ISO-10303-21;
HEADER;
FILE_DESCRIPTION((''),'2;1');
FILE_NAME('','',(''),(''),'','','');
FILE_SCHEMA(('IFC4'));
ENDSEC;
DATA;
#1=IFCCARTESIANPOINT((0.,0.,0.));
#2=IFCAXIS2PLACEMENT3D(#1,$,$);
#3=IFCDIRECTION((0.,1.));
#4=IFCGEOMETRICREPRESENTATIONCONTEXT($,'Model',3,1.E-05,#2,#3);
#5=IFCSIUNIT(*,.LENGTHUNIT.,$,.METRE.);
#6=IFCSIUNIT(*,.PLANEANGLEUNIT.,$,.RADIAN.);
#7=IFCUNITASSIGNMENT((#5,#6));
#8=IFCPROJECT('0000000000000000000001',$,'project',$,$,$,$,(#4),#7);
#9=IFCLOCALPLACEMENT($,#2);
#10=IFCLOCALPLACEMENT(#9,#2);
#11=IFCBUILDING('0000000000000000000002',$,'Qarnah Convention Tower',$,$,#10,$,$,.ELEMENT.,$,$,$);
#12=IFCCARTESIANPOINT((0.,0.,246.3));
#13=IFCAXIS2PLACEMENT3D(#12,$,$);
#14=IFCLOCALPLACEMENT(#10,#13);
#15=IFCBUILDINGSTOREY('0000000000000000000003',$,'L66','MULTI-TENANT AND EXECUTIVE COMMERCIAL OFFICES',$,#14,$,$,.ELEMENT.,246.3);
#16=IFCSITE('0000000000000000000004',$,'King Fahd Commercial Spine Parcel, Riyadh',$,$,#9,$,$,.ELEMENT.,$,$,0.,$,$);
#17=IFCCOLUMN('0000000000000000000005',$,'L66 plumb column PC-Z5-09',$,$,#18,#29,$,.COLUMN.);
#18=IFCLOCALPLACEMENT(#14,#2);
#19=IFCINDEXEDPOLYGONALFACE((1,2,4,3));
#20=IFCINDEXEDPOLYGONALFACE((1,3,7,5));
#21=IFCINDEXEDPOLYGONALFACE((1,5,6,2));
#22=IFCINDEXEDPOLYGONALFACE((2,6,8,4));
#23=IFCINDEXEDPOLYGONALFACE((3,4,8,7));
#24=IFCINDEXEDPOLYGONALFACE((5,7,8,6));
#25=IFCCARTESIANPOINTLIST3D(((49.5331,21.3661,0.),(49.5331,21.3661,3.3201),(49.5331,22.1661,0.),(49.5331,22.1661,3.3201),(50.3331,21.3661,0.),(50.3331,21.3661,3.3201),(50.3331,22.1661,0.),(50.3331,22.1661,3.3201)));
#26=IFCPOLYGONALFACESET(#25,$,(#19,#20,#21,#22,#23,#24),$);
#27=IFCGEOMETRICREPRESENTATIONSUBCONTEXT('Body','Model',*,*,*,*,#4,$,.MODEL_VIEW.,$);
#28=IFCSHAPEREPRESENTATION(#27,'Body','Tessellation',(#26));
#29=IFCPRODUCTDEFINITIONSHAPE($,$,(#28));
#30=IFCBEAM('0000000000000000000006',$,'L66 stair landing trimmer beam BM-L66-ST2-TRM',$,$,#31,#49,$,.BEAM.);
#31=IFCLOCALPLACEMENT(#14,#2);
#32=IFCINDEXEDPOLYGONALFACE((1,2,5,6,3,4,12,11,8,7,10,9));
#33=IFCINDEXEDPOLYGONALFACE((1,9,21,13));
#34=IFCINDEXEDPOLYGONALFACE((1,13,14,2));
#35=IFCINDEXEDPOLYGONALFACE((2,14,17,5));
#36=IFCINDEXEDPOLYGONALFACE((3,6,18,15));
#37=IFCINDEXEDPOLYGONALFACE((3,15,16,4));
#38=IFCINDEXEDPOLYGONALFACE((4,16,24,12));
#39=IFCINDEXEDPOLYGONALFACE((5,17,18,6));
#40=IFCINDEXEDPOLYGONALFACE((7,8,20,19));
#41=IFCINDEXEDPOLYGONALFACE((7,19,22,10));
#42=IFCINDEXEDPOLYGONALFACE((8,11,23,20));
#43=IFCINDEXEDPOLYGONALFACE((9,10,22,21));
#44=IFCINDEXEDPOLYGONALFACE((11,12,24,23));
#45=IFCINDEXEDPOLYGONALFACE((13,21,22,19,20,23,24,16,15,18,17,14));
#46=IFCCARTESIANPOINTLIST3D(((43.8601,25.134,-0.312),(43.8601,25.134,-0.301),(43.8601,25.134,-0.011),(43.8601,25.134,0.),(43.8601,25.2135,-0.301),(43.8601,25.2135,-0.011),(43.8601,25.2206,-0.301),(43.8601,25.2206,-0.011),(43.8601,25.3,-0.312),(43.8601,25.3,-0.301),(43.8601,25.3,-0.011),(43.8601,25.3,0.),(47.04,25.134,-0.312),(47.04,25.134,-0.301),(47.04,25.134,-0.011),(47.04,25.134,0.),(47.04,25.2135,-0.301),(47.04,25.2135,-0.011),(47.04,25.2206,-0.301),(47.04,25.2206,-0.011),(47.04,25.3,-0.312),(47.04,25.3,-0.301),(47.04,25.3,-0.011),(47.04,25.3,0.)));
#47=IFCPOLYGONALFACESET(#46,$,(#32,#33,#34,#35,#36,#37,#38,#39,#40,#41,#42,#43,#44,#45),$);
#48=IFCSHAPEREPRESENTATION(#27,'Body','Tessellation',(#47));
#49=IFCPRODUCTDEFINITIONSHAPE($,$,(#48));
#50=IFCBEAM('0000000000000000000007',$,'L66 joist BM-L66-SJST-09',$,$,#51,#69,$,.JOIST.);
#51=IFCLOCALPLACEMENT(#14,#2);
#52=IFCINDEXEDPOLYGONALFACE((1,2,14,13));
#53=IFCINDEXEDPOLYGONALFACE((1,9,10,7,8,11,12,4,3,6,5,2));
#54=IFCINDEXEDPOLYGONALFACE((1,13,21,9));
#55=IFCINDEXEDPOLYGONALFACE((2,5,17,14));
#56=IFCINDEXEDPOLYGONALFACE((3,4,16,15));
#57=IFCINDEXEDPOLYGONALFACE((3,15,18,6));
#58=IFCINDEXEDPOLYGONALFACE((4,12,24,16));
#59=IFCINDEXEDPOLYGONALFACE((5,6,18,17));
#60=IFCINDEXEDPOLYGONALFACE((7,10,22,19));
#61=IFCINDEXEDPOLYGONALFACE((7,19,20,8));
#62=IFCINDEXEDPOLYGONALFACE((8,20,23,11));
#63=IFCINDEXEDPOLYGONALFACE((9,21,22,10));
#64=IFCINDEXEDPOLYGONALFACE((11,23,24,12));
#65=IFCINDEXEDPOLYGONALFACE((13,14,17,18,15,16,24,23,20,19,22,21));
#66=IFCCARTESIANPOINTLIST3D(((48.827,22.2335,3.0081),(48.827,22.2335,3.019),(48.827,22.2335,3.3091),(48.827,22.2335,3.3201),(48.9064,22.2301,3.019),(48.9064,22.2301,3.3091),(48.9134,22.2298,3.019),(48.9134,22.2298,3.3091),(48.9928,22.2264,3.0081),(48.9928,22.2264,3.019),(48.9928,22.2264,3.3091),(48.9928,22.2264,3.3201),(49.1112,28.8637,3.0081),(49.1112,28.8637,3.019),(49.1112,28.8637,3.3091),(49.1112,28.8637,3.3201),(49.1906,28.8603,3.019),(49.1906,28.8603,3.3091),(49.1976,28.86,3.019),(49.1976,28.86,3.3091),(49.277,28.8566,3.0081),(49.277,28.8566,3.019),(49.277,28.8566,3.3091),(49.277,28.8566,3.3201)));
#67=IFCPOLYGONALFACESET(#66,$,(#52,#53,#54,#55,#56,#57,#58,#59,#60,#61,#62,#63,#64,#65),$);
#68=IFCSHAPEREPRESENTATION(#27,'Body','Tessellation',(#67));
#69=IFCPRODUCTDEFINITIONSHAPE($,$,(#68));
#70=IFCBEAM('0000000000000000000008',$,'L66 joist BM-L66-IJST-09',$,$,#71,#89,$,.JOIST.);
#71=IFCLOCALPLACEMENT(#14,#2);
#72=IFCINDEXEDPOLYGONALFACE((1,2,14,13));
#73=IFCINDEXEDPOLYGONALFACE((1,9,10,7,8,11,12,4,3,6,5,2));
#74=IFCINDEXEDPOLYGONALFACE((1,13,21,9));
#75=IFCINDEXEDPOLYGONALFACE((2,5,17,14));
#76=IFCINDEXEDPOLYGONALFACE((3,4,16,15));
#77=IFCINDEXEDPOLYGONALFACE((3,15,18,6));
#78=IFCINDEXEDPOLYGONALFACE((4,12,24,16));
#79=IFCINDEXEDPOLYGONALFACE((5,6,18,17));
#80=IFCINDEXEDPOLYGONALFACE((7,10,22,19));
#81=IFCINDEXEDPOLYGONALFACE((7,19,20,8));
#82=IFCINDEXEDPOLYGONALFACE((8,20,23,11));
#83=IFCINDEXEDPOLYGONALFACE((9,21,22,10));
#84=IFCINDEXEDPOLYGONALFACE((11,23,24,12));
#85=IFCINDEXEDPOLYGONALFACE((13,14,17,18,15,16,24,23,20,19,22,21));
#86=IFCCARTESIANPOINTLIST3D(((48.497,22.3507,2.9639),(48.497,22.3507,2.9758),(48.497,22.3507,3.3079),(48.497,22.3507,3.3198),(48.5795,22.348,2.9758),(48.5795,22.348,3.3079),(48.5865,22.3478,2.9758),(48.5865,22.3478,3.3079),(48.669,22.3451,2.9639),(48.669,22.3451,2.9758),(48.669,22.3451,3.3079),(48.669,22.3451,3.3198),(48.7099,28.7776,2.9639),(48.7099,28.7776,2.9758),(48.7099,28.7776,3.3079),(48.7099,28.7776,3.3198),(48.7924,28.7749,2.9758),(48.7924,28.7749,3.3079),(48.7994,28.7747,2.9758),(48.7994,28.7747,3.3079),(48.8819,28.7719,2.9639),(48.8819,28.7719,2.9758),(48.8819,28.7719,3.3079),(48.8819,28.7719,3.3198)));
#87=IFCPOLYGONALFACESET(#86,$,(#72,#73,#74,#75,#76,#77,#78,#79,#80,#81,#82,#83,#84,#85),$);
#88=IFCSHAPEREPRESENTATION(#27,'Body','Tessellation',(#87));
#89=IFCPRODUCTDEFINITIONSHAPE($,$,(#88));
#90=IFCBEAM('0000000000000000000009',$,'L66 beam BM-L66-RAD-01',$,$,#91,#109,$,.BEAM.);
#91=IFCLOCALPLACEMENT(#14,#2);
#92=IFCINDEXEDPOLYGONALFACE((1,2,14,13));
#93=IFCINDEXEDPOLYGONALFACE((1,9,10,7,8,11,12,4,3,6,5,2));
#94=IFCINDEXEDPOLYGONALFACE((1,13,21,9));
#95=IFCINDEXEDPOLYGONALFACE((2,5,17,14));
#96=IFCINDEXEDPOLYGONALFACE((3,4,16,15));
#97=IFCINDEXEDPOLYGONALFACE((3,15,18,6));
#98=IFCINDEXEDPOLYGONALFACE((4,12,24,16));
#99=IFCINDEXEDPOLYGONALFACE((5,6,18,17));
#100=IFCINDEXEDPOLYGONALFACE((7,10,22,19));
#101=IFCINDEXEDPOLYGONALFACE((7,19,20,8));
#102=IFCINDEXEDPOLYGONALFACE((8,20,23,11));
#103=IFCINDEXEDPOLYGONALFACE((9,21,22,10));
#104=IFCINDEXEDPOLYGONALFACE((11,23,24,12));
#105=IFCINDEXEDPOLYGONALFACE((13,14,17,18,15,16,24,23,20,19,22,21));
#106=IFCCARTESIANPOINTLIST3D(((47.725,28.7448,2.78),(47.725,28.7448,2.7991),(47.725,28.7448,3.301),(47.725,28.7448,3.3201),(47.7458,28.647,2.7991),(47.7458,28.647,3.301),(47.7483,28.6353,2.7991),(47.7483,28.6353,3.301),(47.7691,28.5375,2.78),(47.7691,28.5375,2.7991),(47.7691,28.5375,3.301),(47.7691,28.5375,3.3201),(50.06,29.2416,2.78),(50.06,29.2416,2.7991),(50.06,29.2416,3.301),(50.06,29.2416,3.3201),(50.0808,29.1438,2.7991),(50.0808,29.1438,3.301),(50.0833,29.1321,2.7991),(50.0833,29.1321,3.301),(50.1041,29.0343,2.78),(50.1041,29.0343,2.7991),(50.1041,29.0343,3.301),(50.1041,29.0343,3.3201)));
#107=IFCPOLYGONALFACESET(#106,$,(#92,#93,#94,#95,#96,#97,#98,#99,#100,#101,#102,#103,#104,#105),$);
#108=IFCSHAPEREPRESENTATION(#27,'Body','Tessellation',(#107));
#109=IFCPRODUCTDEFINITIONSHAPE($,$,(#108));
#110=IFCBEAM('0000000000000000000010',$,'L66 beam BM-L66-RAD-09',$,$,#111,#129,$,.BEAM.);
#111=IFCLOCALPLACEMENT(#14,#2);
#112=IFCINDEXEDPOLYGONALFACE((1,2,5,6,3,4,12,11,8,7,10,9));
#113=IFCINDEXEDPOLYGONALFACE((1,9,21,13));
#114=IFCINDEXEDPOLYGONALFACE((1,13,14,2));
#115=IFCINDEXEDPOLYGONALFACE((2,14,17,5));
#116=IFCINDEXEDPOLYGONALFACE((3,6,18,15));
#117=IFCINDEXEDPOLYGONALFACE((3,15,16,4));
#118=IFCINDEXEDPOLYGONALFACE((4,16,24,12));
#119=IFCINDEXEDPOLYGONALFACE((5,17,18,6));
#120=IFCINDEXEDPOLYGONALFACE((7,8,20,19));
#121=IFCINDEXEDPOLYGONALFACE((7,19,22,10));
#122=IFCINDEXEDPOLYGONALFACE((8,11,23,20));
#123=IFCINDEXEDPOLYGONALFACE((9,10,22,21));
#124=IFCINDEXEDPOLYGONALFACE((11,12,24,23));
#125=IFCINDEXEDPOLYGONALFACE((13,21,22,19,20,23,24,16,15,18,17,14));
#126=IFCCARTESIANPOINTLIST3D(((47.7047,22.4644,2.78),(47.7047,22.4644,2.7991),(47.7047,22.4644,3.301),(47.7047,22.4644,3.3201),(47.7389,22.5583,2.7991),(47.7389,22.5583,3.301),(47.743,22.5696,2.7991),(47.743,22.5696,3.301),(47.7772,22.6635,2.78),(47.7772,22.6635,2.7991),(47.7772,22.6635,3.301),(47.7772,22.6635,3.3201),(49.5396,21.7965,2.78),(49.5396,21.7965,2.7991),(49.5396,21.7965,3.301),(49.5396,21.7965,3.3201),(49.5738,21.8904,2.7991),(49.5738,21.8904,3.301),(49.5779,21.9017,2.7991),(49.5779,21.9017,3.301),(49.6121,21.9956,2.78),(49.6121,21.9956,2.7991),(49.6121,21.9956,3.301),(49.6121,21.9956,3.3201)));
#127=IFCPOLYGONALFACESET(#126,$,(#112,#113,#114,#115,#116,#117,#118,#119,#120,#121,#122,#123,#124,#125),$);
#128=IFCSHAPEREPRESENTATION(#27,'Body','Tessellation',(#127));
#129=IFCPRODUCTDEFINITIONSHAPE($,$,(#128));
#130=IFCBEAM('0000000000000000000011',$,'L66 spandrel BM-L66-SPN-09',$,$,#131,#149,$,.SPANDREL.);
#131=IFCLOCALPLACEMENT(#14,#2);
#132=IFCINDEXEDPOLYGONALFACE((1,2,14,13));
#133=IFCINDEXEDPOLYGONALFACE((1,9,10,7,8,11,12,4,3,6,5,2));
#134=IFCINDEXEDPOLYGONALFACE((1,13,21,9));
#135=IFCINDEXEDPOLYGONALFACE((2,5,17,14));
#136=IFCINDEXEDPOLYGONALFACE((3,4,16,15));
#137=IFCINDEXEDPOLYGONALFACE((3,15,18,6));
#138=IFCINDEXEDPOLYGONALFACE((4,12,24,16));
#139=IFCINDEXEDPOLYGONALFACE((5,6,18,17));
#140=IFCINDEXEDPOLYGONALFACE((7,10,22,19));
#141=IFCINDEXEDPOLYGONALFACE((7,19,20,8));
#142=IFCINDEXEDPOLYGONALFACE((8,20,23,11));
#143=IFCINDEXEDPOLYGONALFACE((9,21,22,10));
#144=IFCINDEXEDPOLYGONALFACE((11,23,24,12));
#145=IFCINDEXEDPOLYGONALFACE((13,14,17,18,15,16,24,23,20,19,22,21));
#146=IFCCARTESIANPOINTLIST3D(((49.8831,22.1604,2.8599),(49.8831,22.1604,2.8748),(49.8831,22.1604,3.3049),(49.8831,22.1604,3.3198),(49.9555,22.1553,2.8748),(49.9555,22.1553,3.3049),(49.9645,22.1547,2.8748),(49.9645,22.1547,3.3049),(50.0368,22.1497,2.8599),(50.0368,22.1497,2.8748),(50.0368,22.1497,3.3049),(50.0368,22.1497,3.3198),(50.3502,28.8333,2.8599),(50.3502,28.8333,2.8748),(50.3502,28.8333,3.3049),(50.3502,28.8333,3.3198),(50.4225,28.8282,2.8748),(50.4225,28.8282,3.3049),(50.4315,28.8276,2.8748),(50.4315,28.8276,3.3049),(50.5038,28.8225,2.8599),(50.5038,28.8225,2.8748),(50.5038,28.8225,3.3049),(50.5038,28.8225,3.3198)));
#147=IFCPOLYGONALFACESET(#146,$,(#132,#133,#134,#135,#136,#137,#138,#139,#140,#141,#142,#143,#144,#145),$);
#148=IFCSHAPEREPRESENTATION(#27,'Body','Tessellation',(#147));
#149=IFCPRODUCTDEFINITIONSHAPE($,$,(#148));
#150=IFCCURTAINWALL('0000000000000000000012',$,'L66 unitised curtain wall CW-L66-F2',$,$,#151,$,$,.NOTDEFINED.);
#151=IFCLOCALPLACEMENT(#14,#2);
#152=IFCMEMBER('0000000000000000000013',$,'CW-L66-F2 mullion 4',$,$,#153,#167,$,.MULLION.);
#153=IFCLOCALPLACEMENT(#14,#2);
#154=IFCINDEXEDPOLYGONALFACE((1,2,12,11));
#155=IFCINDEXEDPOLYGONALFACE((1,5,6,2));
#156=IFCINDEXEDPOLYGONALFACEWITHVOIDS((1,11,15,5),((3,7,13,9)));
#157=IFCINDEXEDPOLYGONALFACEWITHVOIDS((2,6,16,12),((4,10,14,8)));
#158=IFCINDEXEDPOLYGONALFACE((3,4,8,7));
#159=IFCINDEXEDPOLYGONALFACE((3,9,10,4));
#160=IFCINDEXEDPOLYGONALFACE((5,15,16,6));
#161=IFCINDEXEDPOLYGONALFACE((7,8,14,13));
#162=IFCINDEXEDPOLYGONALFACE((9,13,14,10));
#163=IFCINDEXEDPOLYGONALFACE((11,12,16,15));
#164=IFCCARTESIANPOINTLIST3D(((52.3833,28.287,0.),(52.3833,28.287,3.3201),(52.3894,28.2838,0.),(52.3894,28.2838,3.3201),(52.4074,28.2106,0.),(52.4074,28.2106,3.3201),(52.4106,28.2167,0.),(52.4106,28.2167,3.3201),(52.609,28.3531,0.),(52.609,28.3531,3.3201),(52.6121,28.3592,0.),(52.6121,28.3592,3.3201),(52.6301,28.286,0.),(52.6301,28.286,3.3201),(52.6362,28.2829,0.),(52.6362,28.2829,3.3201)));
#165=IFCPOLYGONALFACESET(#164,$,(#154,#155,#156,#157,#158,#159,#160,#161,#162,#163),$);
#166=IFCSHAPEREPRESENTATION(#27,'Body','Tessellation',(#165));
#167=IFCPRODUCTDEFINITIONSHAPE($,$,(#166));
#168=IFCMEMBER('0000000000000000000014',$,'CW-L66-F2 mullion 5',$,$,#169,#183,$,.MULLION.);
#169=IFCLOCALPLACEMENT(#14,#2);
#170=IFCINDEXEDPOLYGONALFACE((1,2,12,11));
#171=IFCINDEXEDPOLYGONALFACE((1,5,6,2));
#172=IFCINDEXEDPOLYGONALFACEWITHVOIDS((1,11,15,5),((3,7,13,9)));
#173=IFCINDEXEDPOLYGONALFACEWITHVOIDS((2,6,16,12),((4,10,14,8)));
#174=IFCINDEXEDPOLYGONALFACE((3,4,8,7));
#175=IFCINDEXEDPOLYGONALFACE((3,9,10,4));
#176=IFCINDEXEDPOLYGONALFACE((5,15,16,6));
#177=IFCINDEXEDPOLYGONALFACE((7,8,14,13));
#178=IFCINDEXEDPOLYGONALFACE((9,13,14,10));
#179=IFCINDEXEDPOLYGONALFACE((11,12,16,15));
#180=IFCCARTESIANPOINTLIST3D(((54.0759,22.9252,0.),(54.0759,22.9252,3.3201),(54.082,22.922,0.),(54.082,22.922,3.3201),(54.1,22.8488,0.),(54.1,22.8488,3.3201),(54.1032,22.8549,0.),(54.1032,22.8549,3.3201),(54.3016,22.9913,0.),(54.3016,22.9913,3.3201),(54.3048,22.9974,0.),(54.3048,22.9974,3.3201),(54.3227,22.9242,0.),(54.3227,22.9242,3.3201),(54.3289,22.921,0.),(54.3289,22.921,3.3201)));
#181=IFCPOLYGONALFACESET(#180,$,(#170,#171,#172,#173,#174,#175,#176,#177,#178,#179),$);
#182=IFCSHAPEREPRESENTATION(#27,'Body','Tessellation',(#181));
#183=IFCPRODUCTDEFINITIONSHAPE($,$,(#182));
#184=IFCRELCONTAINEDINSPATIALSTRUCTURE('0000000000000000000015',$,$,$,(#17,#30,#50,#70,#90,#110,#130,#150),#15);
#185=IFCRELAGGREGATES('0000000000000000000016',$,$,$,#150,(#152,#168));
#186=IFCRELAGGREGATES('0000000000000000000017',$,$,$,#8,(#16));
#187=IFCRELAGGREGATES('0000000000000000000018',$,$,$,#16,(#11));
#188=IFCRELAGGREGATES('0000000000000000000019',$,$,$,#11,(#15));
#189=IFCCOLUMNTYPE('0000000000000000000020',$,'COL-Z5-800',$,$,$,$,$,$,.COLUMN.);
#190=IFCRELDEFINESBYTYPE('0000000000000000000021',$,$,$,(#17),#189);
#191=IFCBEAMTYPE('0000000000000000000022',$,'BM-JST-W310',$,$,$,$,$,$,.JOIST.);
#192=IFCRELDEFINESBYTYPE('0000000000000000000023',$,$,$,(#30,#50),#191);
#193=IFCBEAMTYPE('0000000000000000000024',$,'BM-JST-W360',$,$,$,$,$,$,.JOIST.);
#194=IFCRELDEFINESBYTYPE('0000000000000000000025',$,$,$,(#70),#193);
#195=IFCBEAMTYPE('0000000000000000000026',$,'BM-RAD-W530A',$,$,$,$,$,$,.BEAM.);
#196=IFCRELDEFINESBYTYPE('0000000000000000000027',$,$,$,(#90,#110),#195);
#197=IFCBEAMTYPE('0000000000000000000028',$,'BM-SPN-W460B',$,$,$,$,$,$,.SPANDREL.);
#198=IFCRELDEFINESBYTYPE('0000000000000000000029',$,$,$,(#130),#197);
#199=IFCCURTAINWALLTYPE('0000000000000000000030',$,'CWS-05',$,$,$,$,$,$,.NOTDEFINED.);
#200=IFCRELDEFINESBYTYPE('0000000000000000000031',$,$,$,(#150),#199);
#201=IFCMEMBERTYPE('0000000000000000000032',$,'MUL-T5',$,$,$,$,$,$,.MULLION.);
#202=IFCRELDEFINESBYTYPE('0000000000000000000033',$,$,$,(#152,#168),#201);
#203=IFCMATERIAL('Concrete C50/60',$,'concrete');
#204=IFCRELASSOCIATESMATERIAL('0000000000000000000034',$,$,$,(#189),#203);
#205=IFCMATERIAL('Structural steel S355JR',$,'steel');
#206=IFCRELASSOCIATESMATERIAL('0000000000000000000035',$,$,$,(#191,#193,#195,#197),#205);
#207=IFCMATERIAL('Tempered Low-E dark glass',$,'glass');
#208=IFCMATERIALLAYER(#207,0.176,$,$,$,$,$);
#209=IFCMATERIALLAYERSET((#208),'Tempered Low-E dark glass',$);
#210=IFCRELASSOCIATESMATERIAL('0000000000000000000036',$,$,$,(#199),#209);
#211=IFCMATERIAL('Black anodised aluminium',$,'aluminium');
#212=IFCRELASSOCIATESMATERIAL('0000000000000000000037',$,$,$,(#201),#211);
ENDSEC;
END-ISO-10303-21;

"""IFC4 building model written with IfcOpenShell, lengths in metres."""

from ifc_helpers import new_model, si_unit, direction, frame, origin, origin_2d, place, context, subcontext, project, spatial, rectangle, hollow_rectangle, i_section, extrude, material, layer, layer_set, material_profile, profile_set, type_object, element, aggregate, save


model = new_model("IFC4")

# Units and contexts
model_context = context("Model", 3, precision=1e-05, world=origin(), true_north=direction((0.0, 1.0)))
body_context = subcontext(model_context, "Body", "Model", "MODEL_VIEW")
ifc_project = project(units=[si_unit("LENGTHUNIT", "METRE"), si_unit("PLANEANGLEUNIT", "RADIAN")], contexts=[model_context])

# Site, building, storey
site_placement = place(None, origin())
site = spatial("IfcSite", under=ifc_project, at=site_placement, Name="King Fahd Commercial Spine Parcel, Riyadh", CompositionType="ELEMENT", RefElevation=0.0)
building_placement = place(site_placement, origin())
building = spatial("IfcBuilding", under=site, at=building_placement, Name="Qarnah Convention Tower", CompositionType="ELEMENT")
storey_placement = place(building_placement, frame((0.0, 0.0, 246.3)))
storey = spatial("IfcBuildingStorey", under=building, at=storey_placement, Name="L66", Description="MULTI-TENANT AND EXECUTIVE COMMERCIAL OFFICES", CompositionType="ELEMENT", Elevation=246.3)

# Column
ifc_material_1 = material(Name="Concrete C50/60", Category="concrete")
ifc_material_profile_1 = material_profile(ifc_material_1, rectangle(XDim=0.8, YDim=0.8, at=origin_2d()), Name="RC-COL-800X800")
ifc_profile_set_1 = profile_set([ifc_material_profile_1], Name="Concrete C50/60")
column_type = type_object("IfcColumnType", Name="COL-Z5-800", PredefinedType="COLUMN", material=ifc_profile_set_1)
column_placement = place(storey_placement, frame((49.9331, 21.7661, 0.0), z_axis=(0.0, 0.0, 1.0), x_axis=(1.0, 0.0, 0.0)))
element("IfcColumn", 1, at=column_placement, inside=storey, type_object=column_type, Name="L66 plumb column PC-Z5-09", PredefinedType="COLUMN", context=body_context, shape_type="SweptSolid", body=[
    extrude(rectangle(XDim=0.8, YDim=0.8, at=origin_2d()), origin(), (0.0, 0.0, 1.0), 3.3201),
])

# Beams
ifc_material_2 = material(Name="Structural steel S355JR", Category="steel")
ifc_material_profile_2 = material_profile(ifc_material_2, i_section(OverallWidth=0.166, OverallDepth=0.312, WebThickness=0.0071, FlangeThickness=0.011, at=origin_2d()), Name="W310X45")
ifc_profile_set_2 = profile_set([ifc_material_profile_2], Name="Structural steel S355JR")
beam_type_1 = type_object("IfcBeamType", Name="BM-JST-W310", PredefinedType="JOIST", material=ifc_profile_set_2)
beam_1_placement = place(storey_placement, frame((43.8601, 25.217, -0.156), z_axis=(1.0, 0.0, 0.0), x_axis=(0.0, 1.0, 0.0)))
element("IfcBeam", 2, at=beam_1_placement, inside=storey, type_object=beam_type_1, Name="L66 stair landing trimmer beam BM-L66-ST2-TRM", PredefinedType="BEAM", context=body_context, shape_type="SweptSolid", body=[
    extrude(i_section(OverallWidth=0.166, OverallDepth=0.312, WebThickness=0.0071, FlangeThickness=0.011, at=origin_2d()), origin(), (0.0, 0.0, 1.0), 3.1799),
])
beam_2_placement = place(storey_placement, frame((48.9099, 22.23, 3.1641), z_axis=(0.042823, 0.999083, 0.0), x_axis=(-0.999083, 0.042823, 0.0)))
element("IfcBeam", 3, at=beam_2_placement, inside=storey, type_object=beam_type_1, Name="L66 joist BM-L66-SJST-09", PredefinedType="JOIST", context=body_context, shape_type="SweptSolid", body=[
    extrude(i_section(OverallWidth=0.166, OverallDepth=0.312, WebThickness=0.0071, FlangeThickness=0.011, at=origin_2d()), origin(), (0.0, 0.0, 1.0), 6.6362),
])
ifc_material_profile_3 = material_profile(ifc_material_2, i_section(OverallWidth=0.1721, OverallDepth=0.356, WebThickness=0.0071, FlangeThickness=0.012, at=origin_2d()), Name="W360X51")
ifc_profile_set_3 = profile_set([ifc_material_profile_3], Name="Structural steel S355JR")
beam_type_2 = type_object("IfcBeamType", Name="BM-JST-W360", PredefinedType="JOIST", material=ifc_profile_set_3)
beam_3_placement = place(storey_placement, frame((48.583, 22.3479, 3.1418), z_axis=(0.033106, 0.999452, 0.0), x_axis=(-0.999452, 0.033106, 0.0)))
element("IfcBeam", 4, at=beam_3_placement, inside=storey, type_object=beam_type_2, Name="L66 joist BM-L66-IJST-09", PredefinedType="JOIST", context=body_context, shape_type="SweptSolid", body=[
    extrude(i_section(OverallWidth=0.1721, OverallDepth=0.356, WebThickness=0.0071, FlangeThickness=0.012, at=origin_2d()), origin(), (0.0, 0.0, 1.0), 6.4304),
])
ifc_material_profile_4 = material_profile(ifc_material_2, i_section(OverallWidth=0.2119, OverallDepth=0.54, WebThickness=0.012, FlangeThickness=0.019, at=origin_2d()), Name="W530X109")
ifc_profile_set_4 = profile_set([ifc_material_profile_4], Name="Structural steel S355JR")
beam_type_3 = type_object("IfcBeamType", Name="BM-RAD-W530A", PredefinedType="BEAM", material=ifc_profile_set_4)
beam_4_placement = place(storey_placement, frame((47.7471, 28.6411, 3.05), z_axis=(0.978104, 0.208118, 0.0), x_axis=(-0.208118, 0.978104, 0.0)))
element("IfcBeam", 5, at=beam_4_placement, inside=storey, type_object=beam_type_3, Name="L66 beam BM-L66-RAD-01", PredefinedType="BEAM", context=body_context, shape_type="SweptSolid", body=[
    extrude(i_section(OverallWidth=0.2119, OverallDepth=0.54, WebThickness=0.012, FlangeThickness=0.019, at=origin_2d()), origin(), (0.0, 0.0, 1.0), 2.3872),
])
beam_5_placement = place(storey_placement, frame((47.741, 22.564, 3.05), z_axis=(0.939677, -0.342064, 0.0), x_axis=(0.342064, 0.939677, 0.0)))
element("IfcBeam", 6, at=beam_5_placement, inside=storey, type_object=beam_type_3, Name="L66 beam BM-L66-RAD-09", PredefinedType="BEAM", context=body_context, shape_type="SweptSolid", body=[
    extrude(i_section(OverallWidth=0.2119, OverallDepth=0.54, WebThickness=0.012, FlangeThickness=0.019, at=origin_2d()), origin(), (0.0, 0.0, 1.0), 1.9526),
])
ifc_material_profile_5 = material_profile(ifc_material_2, i_section(OverallWidth=0.1541, OverallDepth=0.46, WebThickness=0.009, FlangeThickness=0.0149, at=origin_2d()), Name="W460X68")
ifc_profile_set_5 = profile_set([ifc_material_profile_5], Name="Structural steel S355JR")
beam_type_4 = type_object("IfcBeamType", Name="BM-SPN-W460B", PredefinedType="SPANDREL", material=ifc_profile_set_5)
beam_6_placement = place(storey_placement, frame((49.96, 22.155, 3.0898), z_axis=(0.06982, 0.99756, 0.0), x_axis=(-0.99756, 0.06982, 0.0)))
element("IfcBeam", 7, at=beam_6_placement, inside=storey, type_object=beam_type_4, Name="L66 spandrel BM-L66-SPN-09", PredefinedType="SPANDREL", context=body_context, shape_type="SweptSolid", body=[
    extrude(i_section(OverallWidth=0.1541, OverallDepth=0.46, WebThickness=0.009, FlangeThickness=0.0149, at=origin_2d()), origin(), (0.0, 0.0, 1.0), 6.6892),
])

# Curtain wall, members
ifc_material_3 = material(Name="Tempered Low-E dark glass", Category="glass")
ifc_layer_1 = layer(ifc_material_3, 0.176)
ifc_layer_set_1 = layer_set([ifc_layer_1], Name="Tempered Low-E dark glass")
curtain_wall_type = type_object("IfcCurtainWallType", Name="CWS-05", PredefinedType="NOTDEFINED", material=ifc_layer_set_1)
curtain_wall_placement = place(storey_placement, origin())
curtain_wall = element("IfcCurtainWall", 8, at=curtain_wall_placement, inside=storey, type_object=curtain_wall_type, Name="L66 unitised curtain wall CW-L66-F2", PredefinedType="NOTDEFINED")
ifc_material_4 = material(Name="Black anodised aluminium", Category="aluminium")
ifc_material_profile_6 = material_profile(ifc_material_4, hollow_rectangle(XDim=0.0801, YDim=0.24, WallThickness=0.0049, at=origin_2d()), Name="MUL-80X240")
ifc_profile_set_6 = profile_set([ifc_material_profile_6], Name="Black anodised aluminium")
member_type = type_object("IfcMemberType", Name="MUL-T5", PredefinedType="MULLION", material=ifc_profile_set_6)
member_1_placement = place(storey_placement, frame((52.5098, 28.2849, 0.0), z_axis=(0.0, 0.0, 1.0), x_axis=(0.301024, -0.953617, 0.0)))
member_1 = element("IfcMember", 9, at=member_1_placement, type_object=member_type, Name="CW-L66-F2 mullion 4", PredefinedType="MULLION", context=body_context, shape_type="SweptSolid", body=[
    extrude(hollow_rectangle(XDim=0.0801, YDim=0.24, WallThickness=0.0049, at=origin_2d()), origin(), (0.0, 0.0, 1.0), 3.3201),
])
member_2_placement = place(storey_placement, frame((54.2024, 22.9231, 0.0), z_axis=(0.0, 0.0, 1.0), x_axis=(0.301024, -0.953617, 0.0)))
member_2 = element("IfcMember", 10, at=member_2_placement, type_object=member_type, Name="CW-L66-F2 mullion 5", PredefinedType="MULLION", context=body_context, shape_type="SweptSolid", body=[
    extrude(hollow_rectangle(XDim=0.0801, YDim=0.24, WallThickness=0.0049, at=origin_2d()), origin(), (0.0, 0.0, 1.0), 3.3201),
])
aggregate(curtain_wall, [member_1, member_2])

save(model, "model.ifc")
